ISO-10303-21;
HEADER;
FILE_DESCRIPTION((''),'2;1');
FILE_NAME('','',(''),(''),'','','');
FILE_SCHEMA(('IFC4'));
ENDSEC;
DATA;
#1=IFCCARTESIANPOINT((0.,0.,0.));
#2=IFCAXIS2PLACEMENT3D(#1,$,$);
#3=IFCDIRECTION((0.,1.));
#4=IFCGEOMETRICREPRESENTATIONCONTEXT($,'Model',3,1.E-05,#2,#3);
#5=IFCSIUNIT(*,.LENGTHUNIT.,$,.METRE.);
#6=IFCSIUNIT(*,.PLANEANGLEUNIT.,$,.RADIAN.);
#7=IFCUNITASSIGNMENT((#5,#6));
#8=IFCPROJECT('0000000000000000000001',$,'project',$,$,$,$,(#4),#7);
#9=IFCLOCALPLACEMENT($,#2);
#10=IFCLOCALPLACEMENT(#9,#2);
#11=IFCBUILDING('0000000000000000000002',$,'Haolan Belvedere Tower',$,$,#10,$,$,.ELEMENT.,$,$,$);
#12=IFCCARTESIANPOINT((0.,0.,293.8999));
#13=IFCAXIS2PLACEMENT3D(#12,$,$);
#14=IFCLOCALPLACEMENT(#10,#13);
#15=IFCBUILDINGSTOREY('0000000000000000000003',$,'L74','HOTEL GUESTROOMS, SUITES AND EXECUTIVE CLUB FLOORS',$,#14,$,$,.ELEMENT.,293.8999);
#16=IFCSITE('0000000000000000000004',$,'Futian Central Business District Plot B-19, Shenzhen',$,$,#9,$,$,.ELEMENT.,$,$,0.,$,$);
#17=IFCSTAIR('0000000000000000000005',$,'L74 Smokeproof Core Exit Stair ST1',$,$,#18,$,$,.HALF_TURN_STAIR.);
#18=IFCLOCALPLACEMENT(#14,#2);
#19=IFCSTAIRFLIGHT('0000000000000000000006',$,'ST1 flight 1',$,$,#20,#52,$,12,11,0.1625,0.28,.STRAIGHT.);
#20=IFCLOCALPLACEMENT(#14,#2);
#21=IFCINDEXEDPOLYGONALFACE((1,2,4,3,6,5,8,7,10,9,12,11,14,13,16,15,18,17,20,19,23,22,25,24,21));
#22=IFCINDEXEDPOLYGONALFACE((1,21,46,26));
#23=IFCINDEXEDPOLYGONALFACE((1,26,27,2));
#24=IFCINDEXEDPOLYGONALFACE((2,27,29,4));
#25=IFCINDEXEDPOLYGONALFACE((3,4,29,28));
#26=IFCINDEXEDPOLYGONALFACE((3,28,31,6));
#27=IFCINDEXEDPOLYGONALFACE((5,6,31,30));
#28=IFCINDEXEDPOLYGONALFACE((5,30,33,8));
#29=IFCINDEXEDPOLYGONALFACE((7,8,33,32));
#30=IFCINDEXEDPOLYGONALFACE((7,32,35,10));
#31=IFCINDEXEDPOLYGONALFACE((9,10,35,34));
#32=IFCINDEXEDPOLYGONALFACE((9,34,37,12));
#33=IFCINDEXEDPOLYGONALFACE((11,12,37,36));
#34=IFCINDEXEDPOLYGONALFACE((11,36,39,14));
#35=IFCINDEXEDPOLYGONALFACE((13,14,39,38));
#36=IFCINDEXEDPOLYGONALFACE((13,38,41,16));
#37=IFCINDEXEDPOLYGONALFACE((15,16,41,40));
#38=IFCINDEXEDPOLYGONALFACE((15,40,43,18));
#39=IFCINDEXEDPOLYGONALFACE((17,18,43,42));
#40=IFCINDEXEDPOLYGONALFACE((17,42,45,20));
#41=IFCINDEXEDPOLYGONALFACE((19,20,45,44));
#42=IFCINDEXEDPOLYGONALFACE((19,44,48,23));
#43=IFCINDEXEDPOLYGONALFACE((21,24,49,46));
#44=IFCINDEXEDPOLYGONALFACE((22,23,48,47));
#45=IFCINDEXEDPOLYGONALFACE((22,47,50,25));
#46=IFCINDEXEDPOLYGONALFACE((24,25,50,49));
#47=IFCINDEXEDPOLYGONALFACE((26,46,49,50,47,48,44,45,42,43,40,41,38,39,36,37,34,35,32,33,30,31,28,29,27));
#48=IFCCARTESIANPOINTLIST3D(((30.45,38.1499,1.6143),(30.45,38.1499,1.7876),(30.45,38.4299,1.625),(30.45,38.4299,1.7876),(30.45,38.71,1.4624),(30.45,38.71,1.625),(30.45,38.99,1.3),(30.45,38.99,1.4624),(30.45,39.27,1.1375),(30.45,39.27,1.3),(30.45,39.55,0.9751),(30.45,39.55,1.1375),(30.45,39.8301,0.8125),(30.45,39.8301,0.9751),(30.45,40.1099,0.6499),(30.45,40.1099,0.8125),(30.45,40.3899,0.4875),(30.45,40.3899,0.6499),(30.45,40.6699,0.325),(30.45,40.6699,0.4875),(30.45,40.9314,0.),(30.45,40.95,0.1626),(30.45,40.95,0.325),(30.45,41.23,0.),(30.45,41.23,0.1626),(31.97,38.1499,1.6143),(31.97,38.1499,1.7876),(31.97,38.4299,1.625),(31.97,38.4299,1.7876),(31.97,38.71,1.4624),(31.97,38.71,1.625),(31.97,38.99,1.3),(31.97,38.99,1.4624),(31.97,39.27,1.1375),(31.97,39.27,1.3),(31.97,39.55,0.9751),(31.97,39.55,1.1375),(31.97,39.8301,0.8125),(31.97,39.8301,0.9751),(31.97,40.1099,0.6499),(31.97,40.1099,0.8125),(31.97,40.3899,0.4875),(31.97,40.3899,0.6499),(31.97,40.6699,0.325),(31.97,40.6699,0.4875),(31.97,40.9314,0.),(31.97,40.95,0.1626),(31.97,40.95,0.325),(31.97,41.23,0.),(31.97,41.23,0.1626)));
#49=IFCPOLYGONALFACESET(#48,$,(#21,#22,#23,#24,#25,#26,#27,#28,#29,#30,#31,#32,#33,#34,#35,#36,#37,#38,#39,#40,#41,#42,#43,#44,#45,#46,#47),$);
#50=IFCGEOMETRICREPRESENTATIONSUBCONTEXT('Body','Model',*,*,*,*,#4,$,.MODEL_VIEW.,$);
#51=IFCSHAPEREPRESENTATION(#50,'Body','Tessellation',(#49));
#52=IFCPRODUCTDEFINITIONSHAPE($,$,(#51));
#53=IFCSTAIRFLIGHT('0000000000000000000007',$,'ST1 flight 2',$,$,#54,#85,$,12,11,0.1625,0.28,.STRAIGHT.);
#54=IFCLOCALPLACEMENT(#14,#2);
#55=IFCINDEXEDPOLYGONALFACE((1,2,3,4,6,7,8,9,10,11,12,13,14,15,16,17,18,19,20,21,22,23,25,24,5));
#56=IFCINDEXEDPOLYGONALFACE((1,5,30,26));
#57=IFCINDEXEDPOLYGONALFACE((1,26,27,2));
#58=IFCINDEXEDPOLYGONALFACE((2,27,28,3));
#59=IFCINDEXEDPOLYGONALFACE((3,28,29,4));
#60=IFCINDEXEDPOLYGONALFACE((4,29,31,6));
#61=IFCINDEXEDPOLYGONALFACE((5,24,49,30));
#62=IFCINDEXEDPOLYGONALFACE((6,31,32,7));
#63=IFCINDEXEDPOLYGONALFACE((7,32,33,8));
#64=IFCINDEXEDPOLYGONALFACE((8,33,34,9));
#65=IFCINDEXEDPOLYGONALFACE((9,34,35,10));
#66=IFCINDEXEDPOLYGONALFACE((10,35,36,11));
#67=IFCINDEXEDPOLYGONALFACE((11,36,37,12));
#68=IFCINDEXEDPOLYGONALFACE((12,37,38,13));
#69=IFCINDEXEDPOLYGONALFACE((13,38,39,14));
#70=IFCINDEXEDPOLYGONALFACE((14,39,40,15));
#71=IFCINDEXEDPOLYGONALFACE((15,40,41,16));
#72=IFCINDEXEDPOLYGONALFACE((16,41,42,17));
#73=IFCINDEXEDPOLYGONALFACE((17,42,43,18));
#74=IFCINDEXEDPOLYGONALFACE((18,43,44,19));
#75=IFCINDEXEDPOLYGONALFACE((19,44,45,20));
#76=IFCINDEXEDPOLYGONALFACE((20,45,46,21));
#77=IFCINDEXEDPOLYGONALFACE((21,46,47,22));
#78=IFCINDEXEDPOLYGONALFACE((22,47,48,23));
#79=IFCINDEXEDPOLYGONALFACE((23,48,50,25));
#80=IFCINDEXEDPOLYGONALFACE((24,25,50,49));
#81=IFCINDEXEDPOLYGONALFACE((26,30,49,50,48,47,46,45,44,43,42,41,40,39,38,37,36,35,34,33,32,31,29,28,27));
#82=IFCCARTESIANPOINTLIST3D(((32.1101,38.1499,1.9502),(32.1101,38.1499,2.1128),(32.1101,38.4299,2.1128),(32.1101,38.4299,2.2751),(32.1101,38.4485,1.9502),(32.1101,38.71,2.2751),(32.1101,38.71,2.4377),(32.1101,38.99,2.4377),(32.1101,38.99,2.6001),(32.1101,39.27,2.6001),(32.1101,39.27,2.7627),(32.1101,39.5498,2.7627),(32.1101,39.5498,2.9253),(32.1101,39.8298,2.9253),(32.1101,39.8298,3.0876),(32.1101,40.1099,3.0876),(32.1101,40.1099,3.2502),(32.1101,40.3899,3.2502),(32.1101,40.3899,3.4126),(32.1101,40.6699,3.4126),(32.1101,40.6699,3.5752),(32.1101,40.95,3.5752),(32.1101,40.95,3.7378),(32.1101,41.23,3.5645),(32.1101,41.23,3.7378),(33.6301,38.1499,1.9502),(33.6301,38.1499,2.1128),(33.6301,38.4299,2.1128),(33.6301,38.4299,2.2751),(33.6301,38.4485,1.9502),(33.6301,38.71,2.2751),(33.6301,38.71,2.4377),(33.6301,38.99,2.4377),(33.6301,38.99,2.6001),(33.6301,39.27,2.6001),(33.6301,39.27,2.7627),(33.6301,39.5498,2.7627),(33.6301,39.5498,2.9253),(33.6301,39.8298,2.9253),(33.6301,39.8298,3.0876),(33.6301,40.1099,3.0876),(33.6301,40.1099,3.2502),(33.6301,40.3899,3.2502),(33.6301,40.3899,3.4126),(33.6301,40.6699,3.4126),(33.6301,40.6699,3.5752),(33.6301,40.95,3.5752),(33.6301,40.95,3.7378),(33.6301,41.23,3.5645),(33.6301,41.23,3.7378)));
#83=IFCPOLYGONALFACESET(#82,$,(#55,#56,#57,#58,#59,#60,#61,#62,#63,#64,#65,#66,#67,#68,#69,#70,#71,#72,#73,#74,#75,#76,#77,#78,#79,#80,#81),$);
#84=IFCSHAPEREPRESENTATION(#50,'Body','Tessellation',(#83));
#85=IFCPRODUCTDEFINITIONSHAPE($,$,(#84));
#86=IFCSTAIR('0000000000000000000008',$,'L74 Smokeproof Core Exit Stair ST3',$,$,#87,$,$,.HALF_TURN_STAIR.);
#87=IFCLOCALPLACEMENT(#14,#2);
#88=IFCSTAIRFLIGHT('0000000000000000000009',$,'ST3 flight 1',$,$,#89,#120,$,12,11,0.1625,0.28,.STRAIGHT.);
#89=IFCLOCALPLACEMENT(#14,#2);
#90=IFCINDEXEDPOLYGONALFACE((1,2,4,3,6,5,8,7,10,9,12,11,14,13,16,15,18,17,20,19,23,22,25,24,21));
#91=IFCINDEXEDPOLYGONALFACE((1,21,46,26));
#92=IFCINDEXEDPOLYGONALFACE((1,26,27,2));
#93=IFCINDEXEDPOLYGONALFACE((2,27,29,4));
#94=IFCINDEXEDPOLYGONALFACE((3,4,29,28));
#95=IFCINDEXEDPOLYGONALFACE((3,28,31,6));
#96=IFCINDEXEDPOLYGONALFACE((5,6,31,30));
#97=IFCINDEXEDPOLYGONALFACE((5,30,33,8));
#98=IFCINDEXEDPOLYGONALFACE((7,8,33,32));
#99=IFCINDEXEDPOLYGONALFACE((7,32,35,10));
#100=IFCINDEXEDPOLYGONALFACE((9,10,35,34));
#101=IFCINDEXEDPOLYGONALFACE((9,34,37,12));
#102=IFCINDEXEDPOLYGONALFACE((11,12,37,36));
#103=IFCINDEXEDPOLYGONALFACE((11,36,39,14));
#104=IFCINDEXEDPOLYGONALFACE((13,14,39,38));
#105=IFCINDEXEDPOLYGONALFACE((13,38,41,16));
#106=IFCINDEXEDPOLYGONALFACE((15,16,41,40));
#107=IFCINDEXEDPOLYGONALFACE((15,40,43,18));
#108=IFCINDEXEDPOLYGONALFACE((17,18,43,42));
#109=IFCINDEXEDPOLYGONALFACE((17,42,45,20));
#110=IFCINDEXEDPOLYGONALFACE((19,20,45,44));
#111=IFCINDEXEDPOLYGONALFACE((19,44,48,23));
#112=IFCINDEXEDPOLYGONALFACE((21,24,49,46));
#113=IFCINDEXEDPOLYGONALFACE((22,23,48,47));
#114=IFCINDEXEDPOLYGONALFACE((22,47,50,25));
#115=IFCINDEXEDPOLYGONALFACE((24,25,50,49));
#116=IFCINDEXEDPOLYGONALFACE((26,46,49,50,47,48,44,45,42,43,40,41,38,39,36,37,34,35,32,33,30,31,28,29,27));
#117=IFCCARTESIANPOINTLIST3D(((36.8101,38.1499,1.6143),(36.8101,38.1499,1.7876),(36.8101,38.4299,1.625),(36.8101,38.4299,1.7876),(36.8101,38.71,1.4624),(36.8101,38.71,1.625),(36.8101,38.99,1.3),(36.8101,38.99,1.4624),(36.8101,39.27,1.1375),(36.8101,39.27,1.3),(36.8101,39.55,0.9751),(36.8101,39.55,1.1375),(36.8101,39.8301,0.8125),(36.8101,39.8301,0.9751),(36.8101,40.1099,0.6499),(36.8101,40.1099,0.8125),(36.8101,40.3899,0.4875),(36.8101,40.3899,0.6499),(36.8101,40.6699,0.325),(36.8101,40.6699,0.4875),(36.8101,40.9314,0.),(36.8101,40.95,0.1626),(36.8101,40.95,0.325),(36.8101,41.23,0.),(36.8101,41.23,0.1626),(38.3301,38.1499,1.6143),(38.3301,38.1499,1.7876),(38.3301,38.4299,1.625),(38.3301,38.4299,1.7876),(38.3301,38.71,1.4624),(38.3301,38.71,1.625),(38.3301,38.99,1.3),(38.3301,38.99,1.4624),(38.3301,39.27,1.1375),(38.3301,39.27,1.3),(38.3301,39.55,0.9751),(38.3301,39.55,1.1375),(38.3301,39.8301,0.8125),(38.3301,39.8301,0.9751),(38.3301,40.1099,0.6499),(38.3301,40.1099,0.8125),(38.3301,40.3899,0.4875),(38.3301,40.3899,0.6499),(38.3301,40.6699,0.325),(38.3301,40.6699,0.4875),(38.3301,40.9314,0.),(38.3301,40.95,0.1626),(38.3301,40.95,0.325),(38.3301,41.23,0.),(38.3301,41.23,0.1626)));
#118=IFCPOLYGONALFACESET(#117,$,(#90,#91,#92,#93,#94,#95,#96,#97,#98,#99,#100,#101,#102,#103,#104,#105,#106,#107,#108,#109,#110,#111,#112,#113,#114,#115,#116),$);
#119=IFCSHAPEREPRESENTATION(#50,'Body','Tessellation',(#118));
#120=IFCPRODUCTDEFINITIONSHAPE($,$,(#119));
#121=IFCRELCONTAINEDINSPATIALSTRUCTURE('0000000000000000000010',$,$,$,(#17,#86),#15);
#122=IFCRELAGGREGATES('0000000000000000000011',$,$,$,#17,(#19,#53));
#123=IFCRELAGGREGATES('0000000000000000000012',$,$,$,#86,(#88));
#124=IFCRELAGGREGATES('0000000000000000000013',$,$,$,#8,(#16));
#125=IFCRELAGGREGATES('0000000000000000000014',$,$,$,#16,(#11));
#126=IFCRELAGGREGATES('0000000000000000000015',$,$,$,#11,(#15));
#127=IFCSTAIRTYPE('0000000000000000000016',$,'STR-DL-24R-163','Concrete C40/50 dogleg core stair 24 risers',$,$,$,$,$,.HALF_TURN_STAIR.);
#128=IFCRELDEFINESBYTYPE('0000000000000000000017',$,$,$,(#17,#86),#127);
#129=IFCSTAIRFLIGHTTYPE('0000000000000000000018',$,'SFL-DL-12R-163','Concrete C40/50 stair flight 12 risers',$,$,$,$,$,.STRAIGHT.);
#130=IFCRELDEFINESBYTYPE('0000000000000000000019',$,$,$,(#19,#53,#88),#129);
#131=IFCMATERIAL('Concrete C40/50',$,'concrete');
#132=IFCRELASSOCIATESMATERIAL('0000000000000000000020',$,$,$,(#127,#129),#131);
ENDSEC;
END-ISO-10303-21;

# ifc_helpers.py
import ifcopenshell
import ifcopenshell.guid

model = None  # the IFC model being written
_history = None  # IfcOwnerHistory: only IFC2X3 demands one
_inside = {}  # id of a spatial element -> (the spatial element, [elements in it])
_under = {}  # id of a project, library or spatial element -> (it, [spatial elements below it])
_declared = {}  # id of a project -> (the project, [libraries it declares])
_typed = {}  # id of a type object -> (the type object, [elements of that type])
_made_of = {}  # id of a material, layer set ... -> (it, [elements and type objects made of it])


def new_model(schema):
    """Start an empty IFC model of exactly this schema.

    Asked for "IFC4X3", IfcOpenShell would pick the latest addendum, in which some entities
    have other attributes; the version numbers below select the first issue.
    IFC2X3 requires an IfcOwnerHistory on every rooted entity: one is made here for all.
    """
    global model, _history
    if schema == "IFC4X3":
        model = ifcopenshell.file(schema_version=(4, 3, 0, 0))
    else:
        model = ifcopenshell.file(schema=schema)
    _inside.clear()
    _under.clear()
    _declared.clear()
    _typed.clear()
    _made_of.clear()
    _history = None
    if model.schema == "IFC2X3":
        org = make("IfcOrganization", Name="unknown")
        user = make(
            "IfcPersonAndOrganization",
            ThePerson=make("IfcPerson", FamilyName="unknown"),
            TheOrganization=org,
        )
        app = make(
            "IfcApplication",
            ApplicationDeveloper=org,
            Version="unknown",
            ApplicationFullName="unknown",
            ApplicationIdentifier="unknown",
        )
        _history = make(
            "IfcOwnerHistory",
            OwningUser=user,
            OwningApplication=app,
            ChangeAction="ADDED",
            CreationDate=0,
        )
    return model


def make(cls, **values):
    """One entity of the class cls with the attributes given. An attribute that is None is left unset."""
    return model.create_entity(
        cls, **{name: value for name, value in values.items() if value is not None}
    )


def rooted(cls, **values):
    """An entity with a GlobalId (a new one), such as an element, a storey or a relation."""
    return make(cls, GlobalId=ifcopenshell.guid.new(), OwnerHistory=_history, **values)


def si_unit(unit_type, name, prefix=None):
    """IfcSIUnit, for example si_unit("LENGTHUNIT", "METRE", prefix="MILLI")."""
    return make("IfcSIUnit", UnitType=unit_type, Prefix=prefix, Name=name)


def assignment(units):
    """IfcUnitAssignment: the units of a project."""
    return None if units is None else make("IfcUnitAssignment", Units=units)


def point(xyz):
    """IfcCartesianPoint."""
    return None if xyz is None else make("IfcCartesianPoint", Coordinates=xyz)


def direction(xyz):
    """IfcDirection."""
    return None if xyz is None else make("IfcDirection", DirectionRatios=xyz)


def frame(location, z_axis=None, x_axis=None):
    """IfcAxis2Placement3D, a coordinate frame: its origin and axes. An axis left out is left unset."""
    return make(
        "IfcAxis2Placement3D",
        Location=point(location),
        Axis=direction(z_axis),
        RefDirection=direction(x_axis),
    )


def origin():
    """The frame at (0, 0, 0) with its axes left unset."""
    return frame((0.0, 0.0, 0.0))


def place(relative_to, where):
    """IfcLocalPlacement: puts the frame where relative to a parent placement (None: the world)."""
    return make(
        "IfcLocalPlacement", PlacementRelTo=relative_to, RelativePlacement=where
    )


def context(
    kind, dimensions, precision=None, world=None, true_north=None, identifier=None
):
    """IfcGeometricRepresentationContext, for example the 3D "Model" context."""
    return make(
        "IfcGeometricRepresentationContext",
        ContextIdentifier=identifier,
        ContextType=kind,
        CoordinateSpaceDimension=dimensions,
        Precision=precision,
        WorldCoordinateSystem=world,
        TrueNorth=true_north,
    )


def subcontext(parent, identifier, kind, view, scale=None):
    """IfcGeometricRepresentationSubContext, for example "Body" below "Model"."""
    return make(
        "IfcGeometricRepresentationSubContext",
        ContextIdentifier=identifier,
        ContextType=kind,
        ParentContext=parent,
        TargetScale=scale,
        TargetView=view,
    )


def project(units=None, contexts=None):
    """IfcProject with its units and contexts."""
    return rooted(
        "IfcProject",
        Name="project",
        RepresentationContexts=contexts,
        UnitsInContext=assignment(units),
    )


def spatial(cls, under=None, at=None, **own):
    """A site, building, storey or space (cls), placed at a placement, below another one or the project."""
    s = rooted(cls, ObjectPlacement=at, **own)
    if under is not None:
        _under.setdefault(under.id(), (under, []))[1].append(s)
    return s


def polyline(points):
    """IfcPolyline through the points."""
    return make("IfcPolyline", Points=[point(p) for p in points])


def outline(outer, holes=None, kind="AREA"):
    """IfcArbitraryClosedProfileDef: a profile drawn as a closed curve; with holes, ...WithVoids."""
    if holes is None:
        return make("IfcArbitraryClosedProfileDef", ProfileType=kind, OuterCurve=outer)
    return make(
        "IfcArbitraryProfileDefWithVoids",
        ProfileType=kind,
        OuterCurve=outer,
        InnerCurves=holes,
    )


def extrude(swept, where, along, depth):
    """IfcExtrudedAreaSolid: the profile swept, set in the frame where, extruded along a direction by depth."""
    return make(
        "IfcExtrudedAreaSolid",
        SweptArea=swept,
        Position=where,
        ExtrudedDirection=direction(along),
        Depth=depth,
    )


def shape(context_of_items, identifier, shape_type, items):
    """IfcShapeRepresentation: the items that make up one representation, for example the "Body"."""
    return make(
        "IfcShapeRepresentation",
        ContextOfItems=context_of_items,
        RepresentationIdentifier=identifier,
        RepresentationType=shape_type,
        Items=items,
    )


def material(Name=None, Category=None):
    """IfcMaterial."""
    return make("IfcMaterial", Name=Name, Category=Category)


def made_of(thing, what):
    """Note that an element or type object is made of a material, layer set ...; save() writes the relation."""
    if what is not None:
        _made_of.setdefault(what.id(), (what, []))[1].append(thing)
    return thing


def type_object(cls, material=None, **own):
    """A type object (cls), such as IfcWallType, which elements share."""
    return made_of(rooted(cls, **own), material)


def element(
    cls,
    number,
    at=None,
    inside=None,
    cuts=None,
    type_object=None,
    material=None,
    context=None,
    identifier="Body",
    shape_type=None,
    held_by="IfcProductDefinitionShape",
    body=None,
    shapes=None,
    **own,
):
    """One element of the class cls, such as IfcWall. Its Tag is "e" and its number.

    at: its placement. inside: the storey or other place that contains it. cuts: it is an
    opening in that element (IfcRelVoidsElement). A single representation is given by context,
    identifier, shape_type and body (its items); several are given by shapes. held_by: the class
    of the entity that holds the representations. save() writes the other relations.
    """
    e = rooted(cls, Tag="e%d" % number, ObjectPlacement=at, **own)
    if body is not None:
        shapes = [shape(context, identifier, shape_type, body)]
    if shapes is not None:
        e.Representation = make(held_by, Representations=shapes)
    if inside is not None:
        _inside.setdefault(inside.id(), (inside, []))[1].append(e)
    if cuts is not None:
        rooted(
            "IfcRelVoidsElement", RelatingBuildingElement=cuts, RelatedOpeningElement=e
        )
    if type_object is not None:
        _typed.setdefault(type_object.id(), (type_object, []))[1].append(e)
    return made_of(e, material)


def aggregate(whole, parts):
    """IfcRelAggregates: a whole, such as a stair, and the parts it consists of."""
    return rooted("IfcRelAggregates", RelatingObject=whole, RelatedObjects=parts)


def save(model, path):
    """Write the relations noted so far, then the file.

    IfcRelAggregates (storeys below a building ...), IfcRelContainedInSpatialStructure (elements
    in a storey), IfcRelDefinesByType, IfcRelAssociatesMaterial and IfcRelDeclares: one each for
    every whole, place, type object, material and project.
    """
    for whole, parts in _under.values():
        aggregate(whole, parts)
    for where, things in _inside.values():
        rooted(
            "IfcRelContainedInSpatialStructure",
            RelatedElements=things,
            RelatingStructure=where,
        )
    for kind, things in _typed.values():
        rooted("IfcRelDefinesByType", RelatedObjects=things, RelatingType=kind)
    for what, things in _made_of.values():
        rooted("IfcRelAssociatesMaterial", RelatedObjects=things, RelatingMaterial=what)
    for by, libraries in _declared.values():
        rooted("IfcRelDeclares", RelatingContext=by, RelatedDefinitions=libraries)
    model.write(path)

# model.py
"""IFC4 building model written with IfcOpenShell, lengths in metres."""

from ifc_helpers import new_model, si_unit, direction, frame, origin, place, context, subcontext, project, spatial, polyline, outline, extrude, material, type_object, element, aggregate, save


model = new_model("IFC4")

# Units and contexts
model_context = context("Model", 3, precision=1e-05, world=origin(), true_north=direction((0.0, 1.0)))
body_context = subcontext(model_context, "Body", "Model", "MODEL_VIEW")
ifc_project = project(units=[si_unit("LENGTHUNIT", "METRE"), si_unit("PLANEANGLEUNIT", "RADIAN")], contexts=[model_context])

# Site, building, storey
site_placement = place(None, origin())
site = spatial("IfcSite", under=ifc_project, at=site_placement, Name="Futian Central Business District Plot B-19, Shenzhen", CompositionType="ELEMENT", RefElevation=0.0)
building_placement = place(site_placement, origin())
building = spatial("IfcBuilding", under=site, at=building_placement, Name="Haolan Belvedere Tower", CompositionType="ELEMENT")
storey_placement = place(building_placement, frame((0.0, 0.0, 293.8999)))
storey = spatial("IfcBuildingStorey", under=building, at=storey_placement, Name="L74", Description="HOTEL GUESTROOMS, SUITES AND EXECUTIVE CLUB FLOORS", CompositionType="ELEMENT", Elevation=293.8999)

# Stair, stair flights
ifc_material_1 = material(Name="Concrete C40/50", Category="concrete")
stair_type = type_object("IfcStairType", Name="STR-DL-24R-163", Description="Concrete C40/50 dogleg core stair 24 risers", PredefinedType="HALF_TURN_STAIR", material=ifc_material_1)
stair_1_placement = place(storey_placement, origin())
stair_1 = element("IfcStair", 1, at=stair_1_placement, inside=storey, type_object=stair_type, Name="L74 Smokeproof Core Exit Stair ST1", PredefinedType="HALF_TURN_STAIR")
stair_flight_type = type_object("IfcStairFlightType", Name="SFL-DL-12R-163", Description="Concrete C40/50 stair flight 12 risers", PredefinedType="STRAIGHT", material=ifc_material_1)
stair_flight_1_placement = place(storey_placement, frame((31.21, 41.23, 0.0), z_axis=(0.0, 0.0, 1.0), x_axis=(0.0, -1.0, 0.0)))
stair_flight_1 = element("IfcStairFlight", 2, at=stair_flight_1_placement, type_object=stair_flight_type, Name="ST1 flight 1", NumberOfRisers=12, NumberOfTreads=11, PredefinedType="STRAIGHT", RiserHeight=0.1625, TreadLength=0.28, context=body_context, shape_type="SweptSolid", body=[
    extrude(outline(polyline([(0.0, 0.0), (0.0, 0.1626), (0.28, 0.1626), (0.28, 0.325), (0.5601, 0.325), (0.5601, 0.4875), (0.8401, 0.4875), (0.8401, 0.6499), (1.1201, 0.6499), (1.1201, 0.8125), (1.3999, 0.8125), (1.3999, 0.9751), (1.6799, 0.9751), (1.6799, 1.1375), (1.96, 1.1375), (1.96, 1.3), (2.24, 1.3), (2.24, 1.4624), (2.52, 1.4624), (2.52, 1.625), (2.8, 1.625), (2.8, 1.7876), (3.0801, 1.7876), (3.0801, 1.95), (3.0801, 1.6143), (0.2986, 0.0), (0.0, 0.0)])), frame((0.0, 0.76, 0.0), z_axis=(0.0, -1.0, 0.0), x_axis=(1.0, 0.0, 0.0)), (0.0, 0.0, 1.0), 1.52),
])
stair_flight_2_placement = place(storey_placement, frame((32.8701, 38.1499, 1.9502), z_axis=(0.0, 0.0, 1.0), x_axis=(0.0, 1.0, 0.0)))
stair_flight_2 = element("IfcStairFlight", 3, at=stair_flight_2_placement, type_object=stair_flight_type, Name="ST1 flight 2", NumberOfRisers=12, NumberOfTreads=11, PredefinedType="STRAIGHT", RiserHeight=0.1625, TreadLength=0.28, context=body_context, shape_type="SweptSolid", body=[
    extrude(outline(polyline([(0.0, 0.0), (0.0, 0.1626), (0.28, 0.1626), (0.28, 0.325), (0.5601, 0.325), (0.5601, 0.4875), (0.8401, 0.4875), (0.8401, 0.6499), (1.1201, 0.6499), (1.1201, 0.8125), (1.3999, 0.8125), (1.3999, 0.9751), (1.6799, 0.9751), (1.6799, 1.1375), (1.96, 1.1375), (1.96, 1.3), (2.24, 1.3), (2.24, 1.4624), (2.52, 1.4624), (2.52, 1.625), (2.8, 1.625), (2.8, 1.7876), (3.0801, 1.7876), (3.0801, 1.95), (3.0801, 1.6143), (0.2986, 0.0), (0.0, 0.0)])), frame((0.0, 0.76, 0.0), z_axis=(0.0, -1.0, 0.0), x_axis=(1.0, 0.0, 0.0)), (0.0, 0.0, 1.0), 1.52),
])
aggregate(stair_1, [stair_flight_1, stair_flight_2])

# Stair, stair flight
stair_2_placement = place(storey_placement, origin())
stair_2 = element("IfcStair", 4, at=stair_2_placement, inside=storey, type_object=stair_type, Name="L74 Smokeproof Core Exit Stair ST3", PredefinedType="HALF_TURN_STAIR")
stair_flight_3_placement = place(storey_placement, frame((37.5701, 41.23, 0.0), z_axis=(0.0, 0.0, 1.0), x_axis=(0.0, -1.0, 0.0)))
stair_flight_3 = element("IfcStairFlight", 5, at=stair_flight_3_placement, type_object=stair_flight_type, Name="ST3 flight 1", NumberOfRisers=12, NumberOfTreads=11, PredefinedType="STRAIGHT", RiserHeight=0.1625, TreadLength=0.28, context=body_context, shape_type="SweptSolid", body=[
    extrude(outline(polyline([(0.0, 0.0), (0.0, 0.1626), (0.28, 0.1626), (0.28, 0.325), (0.5601, 0.325), (0.5601, 0.4875), (0.8401, 0.4875), (0.8401, 0.6499), (1.1201, 0.6499), (1.1201, 0.8125), (1.3999, 0.8125), (1.3999, 0.9751), (1.6799, 0.9751), (1.6799, 1.1375), (1.96, 1.1375), (1.96, 1.3), (2.24, 1.3), (2.24, 1.4624), (2.52, 1.4624), (2.52, 1.625), (2.8, 1.625), (2.8, 1.7876), (3.0801, 1.7876), (3.0801, 1.95), (3.0801, 1.6143), (0.2986, 0.0), (0.0, 0.0)])), frame((0.0, 0.76, 0.0), z_axis=(0.0, -1.0, 0.0), x_axis=(1.0, 0.0, 0.0)), (0.0, 0.0, 1.0), 1.52),
])
aggregate(stair_2, [stair_flight_3])

save(model, "model.ifc")
